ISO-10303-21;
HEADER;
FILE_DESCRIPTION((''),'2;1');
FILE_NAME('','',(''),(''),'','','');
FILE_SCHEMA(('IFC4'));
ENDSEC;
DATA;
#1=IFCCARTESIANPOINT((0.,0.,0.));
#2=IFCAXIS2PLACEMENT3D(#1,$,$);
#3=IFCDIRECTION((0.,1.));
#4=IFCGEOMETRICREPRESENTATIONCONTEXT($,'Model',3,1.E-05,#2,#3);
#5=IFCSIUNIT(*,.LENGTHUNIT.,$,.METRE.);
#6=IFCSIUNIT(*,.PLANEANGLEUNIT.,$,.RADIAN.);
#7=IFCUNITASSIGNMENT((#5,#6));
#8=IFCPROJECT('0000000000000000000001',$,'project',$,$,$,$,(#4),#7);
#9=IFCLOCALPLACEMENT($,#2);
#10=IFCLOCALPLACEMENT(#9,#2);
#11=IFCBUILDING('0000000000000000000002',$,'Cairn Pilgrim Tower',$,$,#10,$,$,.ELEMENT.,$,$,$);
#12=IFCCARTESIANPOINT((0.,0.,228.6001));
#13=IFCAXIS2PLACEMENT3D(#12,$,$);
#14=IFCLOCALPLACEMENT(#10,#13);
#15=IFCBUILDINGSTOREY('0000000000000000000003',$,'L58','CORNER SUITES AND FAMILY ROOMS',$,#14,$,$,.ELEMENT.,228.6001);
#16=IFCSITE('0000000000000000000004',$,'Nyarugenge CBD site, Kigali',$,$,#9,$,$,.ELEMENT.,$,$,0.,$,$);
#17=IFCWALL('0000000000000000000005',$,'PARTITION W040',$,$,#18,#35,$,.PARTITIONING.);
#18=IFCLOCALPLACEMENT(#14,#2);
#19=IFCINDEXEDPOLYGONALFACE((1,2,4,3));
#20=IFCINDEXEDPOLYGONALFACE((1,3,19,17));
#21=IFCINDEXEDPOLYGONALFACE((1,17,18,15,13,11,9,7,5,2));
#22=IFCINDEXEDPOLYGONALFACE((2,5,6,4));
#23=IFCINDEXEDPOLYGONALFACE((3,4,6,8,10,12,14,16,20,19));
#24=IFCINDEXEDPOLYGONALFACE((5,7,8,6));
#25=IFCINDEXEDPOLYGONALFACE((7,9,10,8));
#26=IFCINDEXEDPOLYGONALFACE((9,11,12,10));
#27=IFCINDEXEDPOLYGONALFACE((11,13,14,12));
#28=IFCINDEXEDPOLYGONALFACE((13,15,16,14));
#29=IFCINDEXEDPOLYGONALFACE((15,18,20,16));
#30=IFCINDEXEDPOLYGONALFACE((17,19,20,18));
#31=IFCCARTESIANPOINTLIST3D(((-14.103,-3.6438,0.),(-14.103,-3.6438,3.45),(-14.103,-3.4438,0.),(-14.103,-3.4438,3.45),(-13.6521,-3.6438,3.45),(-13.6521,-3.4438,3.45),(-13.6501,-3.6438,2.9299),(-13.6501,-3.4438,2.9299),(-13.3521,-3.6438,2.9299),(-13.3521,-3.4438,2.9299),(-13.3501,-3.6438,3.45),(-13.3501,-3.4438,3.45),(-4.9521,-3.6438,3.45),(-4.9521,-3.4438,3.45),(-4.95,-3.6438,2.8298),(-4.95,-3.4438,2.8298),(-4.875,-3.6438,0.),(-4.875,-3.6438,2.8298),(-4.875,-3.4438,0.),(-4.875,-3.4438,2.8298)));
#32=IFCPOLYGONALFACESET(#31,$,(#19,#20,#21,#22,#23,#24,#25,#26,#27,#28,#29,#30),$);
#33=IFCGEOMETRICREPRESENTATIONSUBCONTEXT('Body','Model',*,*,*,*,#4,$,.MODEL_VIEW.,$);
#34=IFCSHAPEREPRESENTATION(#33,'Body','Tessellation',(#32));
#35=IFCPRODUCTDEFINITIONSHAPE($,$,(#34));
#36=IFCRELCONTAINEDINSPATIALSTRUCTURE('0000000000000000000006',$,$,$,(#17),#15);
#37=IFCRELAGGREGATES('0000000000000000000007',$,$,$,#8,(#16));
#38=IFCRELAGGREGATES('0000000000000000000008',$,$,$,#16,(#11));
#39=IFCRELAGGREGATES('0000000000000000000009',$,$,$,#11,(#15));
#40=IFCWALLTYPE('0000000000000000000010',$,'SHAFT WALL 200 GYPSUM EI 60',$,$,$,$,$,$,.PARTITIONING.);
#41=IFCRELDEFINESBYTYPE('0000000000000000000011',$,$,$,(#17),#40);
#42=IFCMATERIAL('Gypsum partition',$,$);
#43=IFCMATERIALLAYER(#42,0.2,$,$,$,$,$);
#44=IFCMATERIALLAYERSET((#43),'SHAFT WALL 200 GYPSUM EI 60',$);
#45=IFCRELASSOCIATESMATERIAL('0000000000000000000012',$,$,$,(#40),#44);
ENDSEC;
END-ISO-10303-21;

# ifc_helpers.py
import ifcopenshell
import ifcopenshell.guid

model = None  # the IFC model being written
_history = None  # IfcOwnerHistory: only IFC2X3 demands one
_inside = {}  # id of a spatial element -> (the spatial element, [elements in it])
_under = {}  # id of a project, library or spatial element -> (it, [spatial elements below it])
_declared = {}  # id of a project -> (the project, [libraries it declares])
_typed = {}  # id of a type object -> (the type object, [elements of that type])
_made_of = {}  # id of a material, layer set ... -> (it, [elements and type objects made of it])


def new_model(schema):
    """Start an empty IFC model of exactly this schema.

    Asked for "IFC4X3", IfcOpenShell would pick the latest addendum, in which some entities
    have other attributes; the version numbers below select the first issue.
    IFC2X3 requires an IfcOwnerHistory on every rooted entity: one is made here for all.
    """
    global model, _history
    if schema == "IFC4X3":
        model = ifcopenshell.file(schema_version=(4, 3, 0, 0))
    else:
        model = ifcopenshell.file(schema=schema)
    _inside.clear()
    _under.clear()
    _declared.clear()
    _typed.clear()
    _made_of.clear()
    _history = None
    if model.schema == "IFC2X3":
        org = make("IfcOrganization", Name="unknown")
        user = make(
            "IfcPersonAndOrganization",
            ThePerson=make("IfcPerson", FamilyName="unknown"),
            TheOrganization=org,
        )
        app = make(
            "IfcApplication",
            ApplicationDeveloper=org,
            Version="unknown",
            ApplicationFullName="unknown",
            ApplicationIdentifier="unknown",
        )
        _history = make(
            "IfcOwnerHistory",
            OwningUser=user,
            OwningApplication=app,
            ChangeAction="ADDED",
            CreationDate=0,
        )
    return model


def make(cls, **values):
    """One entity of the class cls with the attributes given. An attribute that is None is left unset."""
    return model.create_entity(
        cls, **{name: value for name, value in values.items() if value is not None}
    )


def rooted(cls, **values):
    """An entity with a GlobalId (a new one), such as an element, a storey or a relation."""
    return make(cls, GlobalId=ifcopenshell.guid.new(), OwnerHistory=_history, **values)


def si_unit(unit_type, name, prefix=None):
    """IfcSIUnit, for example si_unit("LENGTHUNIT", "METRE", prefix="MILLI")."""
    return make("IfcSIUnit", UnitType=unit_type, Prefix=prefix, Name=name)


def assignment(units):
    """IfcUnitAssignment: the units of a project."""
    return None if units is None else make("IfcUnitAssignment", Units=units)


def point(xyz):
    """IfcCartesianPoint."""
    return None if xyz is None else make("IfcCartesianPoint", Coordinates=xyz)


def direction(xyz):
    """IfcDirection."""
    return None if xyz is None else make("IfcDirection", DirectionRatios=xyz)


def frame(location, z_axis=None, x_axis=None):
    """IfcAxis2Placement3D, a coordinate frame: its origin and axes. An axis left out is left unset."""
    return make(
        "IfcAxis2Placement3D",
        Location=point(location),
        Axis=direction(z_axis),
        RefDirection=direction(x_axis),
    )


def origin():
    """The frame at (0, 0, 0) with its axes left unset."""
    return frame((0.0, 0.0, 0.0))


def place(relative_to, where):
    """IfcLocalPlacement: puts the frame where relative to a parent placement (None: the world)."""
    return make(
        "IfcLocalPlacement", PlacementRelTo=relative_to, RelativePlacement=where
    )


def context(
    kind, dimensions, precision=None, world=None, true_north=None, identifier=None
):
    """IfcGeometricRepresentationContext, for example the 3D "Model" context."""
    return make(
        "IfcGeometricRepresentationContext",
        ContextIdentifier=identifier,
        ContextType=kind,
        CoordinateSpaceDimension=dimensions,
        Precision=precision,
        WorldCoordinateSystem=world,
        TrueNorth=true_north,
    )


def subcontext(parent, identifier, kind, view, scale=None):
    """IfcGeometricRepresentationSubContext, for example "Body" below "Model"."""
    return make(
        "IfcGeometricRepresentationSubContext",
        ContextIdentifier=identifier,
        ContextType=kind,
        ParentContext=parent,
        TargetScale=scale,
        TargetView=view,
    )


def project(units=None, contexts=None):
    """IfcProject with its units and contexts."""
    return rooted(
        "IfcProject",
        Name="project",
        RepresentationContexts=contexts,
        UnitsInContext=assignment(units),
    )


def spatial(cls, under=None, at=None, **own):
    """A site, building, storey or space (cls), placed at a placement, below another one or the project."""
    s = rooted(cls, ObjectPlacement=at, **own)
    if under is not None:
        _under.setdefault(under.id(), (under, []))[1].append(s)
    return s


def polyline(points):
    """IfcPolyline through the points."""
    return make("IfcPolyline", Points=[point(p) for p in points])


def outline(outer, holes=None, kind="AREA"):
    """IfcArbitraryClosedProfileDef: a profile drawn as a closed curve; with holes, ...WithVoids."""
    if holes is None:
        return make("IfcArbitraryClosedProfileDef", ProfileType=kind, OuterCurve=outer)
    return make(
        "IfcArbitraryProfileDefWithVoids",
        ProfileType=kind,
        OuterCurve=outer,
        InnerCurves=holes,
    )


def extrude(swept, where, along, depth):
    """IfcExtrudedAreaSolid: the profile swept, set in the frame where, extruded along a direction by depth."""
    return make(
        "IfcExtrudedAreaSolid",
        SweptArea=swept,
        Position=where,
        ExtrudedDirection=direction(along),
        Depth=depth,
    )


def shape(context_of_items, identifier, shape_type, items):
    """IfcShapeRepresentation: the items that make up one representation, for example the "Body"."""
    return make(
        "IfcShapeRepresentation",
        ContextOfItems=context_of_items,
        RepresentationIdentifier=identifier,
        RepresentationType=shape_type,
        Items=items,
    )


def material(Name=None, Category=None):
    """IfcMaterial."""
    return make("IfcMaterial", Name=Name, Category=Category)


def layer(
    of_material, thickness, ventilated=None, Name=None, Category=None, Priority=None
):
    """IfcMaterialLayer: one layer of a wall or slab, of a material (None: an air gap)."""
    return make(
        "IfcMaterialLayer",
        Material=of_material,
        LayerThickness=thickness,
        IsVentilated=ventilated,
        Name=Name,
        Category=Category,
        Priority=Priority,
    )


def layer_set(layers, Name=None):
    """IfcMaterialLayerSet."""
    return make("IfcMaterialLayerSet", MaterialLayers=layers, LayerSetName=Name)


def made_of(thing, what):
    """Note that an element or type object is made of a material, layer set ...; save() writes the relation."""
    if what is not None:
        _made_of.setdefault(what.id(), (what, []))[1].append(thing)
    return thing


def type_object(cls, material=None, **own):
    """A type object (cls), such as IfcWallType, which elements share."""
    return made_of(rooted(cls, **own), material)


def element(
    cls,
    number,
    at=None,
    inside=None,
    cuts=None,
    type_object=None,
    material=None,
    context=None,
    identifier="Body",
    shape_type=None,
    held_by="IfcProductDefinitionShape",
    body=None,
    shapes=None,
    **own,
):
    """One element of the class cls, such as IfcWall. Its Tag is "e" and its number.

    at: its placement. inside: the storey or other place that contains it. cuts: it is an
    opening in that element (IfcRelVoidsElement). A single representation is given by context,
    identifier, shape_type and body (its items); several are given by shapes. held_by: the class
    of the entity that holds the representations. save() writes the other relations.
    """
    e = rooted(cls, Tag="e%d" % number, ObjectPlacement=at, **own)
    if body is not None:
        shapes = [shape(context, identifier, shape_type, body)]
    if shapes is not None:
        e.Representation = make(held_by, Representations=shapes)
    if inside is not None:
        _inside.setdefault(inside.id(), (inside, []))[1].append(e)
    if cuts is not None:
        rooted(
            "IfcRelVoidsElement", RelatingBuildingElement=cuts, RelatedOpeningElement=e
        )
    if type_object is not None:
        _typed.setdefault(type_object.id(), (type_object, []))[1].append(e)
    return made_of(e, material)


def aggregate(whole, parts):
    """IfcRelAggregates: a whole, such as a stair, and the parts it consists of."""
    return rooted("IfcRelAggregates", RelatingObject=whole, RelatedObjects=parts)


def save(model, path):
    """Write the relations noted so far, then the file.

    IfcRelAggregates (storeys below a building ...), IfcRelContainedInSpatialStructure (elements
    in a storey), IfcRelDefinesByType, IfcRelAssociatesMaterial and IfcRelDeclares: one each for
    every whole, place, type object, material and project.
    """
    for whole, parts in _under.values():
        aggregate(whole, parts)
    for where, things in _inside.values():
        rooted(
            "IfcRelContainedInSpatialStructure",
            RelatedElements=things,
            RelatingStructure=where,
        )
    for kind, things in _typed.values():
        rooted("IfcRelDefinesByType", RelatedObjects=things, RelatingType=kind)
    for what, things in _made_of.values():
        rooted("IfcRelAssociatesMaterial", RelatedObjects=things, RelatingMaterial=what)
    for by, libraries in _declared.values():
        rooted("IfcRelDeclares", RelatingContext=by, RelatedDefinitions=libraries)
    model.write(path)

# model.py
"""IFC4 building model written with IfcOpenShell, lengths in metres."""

from ifc_helpers import new_model, si_unit, direction, frame, origin, place, context, subcontext, project, spatial, polyline, outline, extrude, material, layer, layer_set, type_object, element, save


model = new_model("IFC4")

# Units and contexts
model_context = context("Model", 3, precision=1e-05, world=origin(), true_north=direction((0.0, 1.0)))
body_context = subcontext(model_context, "Body", "Model", "MODEL_VIEW")
ifc_project = project(units=[si_unit("LENGTHUNIT", "METRE"), si_unit("PLANEANGLEUNIT", "RADIAN")], contexts=[model_context])

# Site, building, storey
site_placement = place(None, origin())
site = spatial("IfcSite", under=ifc_project, at=site_placement, Name="Nyarugenge CBD site, Kigali", CompositionType="ELEMENT", RefElevation=0.0)
building_placement = place(site_placement, origin())
building = spatial("IfcBuilding", under=site, at=building_placement, Name="Cairn Pilgrim Tower", CompositionType="ELEMENT")
storey_placement = place(building_placement, frame((0.0, 0.0, 228.6001)))
storey = spatial("IfcBuildingStorey", under=building, at=storey_placement, Name="L58", Description="CORNER SUITES AND FAMILY ROOMS", CompositionType="ELEMENT", Elevation=228.6001)

# Shared definitions
ifc_material_1 = material(Name="Gypsum partition")

# Wall
ifc_layer_1 = layer(ifc_material_1, 0.2)
ifc_layer_set_1 = layer_set([ifc_layer_1], Name="SHAFT WALL 200 GYPSUM EI 60")
wall_type_1 = type_object("IfcWallType", Name="SHAFT WALL 200 GYPSUM EI 60", PredefinedType="PARTITIONING", material=ifc_layer_set_1)
wall_1_placement = place(storey_placement, frame((-14.103, -3.5439, 0.0), z_axis=(0.0, 0.0, 1.0), x_axis=(1.0, 0.0, 0.0)))
element("IfcWall", 1, at=wall_1_placement, inside=storey, type_object=wall_type_1, Name="PARTITION W040", PredefinedType="PARTITIONING", context=body_context, shape_type="SweptSolid", body=[
    extrude(outline(polyline([(0.0, 0.0), (9.228, 0.0), (9.228, 2.8298), (9.1531, 2.8298), (9.1509, 3.45), (0.7529, 3.45), (0.751, 2.9299), (0.4529, 2.9299), (0.4509, 3.45), (0.0, 3.45), (0.0, 0.0)])), frame((0.0, 0.1001, 0.0), z_axis=(0.0, -1.0, 0.0), x_axis=(1.0, 0.0, 0.0)), (0.0, 0.0, 1.0), 0.2),
])

save(model, "model.ifc")
